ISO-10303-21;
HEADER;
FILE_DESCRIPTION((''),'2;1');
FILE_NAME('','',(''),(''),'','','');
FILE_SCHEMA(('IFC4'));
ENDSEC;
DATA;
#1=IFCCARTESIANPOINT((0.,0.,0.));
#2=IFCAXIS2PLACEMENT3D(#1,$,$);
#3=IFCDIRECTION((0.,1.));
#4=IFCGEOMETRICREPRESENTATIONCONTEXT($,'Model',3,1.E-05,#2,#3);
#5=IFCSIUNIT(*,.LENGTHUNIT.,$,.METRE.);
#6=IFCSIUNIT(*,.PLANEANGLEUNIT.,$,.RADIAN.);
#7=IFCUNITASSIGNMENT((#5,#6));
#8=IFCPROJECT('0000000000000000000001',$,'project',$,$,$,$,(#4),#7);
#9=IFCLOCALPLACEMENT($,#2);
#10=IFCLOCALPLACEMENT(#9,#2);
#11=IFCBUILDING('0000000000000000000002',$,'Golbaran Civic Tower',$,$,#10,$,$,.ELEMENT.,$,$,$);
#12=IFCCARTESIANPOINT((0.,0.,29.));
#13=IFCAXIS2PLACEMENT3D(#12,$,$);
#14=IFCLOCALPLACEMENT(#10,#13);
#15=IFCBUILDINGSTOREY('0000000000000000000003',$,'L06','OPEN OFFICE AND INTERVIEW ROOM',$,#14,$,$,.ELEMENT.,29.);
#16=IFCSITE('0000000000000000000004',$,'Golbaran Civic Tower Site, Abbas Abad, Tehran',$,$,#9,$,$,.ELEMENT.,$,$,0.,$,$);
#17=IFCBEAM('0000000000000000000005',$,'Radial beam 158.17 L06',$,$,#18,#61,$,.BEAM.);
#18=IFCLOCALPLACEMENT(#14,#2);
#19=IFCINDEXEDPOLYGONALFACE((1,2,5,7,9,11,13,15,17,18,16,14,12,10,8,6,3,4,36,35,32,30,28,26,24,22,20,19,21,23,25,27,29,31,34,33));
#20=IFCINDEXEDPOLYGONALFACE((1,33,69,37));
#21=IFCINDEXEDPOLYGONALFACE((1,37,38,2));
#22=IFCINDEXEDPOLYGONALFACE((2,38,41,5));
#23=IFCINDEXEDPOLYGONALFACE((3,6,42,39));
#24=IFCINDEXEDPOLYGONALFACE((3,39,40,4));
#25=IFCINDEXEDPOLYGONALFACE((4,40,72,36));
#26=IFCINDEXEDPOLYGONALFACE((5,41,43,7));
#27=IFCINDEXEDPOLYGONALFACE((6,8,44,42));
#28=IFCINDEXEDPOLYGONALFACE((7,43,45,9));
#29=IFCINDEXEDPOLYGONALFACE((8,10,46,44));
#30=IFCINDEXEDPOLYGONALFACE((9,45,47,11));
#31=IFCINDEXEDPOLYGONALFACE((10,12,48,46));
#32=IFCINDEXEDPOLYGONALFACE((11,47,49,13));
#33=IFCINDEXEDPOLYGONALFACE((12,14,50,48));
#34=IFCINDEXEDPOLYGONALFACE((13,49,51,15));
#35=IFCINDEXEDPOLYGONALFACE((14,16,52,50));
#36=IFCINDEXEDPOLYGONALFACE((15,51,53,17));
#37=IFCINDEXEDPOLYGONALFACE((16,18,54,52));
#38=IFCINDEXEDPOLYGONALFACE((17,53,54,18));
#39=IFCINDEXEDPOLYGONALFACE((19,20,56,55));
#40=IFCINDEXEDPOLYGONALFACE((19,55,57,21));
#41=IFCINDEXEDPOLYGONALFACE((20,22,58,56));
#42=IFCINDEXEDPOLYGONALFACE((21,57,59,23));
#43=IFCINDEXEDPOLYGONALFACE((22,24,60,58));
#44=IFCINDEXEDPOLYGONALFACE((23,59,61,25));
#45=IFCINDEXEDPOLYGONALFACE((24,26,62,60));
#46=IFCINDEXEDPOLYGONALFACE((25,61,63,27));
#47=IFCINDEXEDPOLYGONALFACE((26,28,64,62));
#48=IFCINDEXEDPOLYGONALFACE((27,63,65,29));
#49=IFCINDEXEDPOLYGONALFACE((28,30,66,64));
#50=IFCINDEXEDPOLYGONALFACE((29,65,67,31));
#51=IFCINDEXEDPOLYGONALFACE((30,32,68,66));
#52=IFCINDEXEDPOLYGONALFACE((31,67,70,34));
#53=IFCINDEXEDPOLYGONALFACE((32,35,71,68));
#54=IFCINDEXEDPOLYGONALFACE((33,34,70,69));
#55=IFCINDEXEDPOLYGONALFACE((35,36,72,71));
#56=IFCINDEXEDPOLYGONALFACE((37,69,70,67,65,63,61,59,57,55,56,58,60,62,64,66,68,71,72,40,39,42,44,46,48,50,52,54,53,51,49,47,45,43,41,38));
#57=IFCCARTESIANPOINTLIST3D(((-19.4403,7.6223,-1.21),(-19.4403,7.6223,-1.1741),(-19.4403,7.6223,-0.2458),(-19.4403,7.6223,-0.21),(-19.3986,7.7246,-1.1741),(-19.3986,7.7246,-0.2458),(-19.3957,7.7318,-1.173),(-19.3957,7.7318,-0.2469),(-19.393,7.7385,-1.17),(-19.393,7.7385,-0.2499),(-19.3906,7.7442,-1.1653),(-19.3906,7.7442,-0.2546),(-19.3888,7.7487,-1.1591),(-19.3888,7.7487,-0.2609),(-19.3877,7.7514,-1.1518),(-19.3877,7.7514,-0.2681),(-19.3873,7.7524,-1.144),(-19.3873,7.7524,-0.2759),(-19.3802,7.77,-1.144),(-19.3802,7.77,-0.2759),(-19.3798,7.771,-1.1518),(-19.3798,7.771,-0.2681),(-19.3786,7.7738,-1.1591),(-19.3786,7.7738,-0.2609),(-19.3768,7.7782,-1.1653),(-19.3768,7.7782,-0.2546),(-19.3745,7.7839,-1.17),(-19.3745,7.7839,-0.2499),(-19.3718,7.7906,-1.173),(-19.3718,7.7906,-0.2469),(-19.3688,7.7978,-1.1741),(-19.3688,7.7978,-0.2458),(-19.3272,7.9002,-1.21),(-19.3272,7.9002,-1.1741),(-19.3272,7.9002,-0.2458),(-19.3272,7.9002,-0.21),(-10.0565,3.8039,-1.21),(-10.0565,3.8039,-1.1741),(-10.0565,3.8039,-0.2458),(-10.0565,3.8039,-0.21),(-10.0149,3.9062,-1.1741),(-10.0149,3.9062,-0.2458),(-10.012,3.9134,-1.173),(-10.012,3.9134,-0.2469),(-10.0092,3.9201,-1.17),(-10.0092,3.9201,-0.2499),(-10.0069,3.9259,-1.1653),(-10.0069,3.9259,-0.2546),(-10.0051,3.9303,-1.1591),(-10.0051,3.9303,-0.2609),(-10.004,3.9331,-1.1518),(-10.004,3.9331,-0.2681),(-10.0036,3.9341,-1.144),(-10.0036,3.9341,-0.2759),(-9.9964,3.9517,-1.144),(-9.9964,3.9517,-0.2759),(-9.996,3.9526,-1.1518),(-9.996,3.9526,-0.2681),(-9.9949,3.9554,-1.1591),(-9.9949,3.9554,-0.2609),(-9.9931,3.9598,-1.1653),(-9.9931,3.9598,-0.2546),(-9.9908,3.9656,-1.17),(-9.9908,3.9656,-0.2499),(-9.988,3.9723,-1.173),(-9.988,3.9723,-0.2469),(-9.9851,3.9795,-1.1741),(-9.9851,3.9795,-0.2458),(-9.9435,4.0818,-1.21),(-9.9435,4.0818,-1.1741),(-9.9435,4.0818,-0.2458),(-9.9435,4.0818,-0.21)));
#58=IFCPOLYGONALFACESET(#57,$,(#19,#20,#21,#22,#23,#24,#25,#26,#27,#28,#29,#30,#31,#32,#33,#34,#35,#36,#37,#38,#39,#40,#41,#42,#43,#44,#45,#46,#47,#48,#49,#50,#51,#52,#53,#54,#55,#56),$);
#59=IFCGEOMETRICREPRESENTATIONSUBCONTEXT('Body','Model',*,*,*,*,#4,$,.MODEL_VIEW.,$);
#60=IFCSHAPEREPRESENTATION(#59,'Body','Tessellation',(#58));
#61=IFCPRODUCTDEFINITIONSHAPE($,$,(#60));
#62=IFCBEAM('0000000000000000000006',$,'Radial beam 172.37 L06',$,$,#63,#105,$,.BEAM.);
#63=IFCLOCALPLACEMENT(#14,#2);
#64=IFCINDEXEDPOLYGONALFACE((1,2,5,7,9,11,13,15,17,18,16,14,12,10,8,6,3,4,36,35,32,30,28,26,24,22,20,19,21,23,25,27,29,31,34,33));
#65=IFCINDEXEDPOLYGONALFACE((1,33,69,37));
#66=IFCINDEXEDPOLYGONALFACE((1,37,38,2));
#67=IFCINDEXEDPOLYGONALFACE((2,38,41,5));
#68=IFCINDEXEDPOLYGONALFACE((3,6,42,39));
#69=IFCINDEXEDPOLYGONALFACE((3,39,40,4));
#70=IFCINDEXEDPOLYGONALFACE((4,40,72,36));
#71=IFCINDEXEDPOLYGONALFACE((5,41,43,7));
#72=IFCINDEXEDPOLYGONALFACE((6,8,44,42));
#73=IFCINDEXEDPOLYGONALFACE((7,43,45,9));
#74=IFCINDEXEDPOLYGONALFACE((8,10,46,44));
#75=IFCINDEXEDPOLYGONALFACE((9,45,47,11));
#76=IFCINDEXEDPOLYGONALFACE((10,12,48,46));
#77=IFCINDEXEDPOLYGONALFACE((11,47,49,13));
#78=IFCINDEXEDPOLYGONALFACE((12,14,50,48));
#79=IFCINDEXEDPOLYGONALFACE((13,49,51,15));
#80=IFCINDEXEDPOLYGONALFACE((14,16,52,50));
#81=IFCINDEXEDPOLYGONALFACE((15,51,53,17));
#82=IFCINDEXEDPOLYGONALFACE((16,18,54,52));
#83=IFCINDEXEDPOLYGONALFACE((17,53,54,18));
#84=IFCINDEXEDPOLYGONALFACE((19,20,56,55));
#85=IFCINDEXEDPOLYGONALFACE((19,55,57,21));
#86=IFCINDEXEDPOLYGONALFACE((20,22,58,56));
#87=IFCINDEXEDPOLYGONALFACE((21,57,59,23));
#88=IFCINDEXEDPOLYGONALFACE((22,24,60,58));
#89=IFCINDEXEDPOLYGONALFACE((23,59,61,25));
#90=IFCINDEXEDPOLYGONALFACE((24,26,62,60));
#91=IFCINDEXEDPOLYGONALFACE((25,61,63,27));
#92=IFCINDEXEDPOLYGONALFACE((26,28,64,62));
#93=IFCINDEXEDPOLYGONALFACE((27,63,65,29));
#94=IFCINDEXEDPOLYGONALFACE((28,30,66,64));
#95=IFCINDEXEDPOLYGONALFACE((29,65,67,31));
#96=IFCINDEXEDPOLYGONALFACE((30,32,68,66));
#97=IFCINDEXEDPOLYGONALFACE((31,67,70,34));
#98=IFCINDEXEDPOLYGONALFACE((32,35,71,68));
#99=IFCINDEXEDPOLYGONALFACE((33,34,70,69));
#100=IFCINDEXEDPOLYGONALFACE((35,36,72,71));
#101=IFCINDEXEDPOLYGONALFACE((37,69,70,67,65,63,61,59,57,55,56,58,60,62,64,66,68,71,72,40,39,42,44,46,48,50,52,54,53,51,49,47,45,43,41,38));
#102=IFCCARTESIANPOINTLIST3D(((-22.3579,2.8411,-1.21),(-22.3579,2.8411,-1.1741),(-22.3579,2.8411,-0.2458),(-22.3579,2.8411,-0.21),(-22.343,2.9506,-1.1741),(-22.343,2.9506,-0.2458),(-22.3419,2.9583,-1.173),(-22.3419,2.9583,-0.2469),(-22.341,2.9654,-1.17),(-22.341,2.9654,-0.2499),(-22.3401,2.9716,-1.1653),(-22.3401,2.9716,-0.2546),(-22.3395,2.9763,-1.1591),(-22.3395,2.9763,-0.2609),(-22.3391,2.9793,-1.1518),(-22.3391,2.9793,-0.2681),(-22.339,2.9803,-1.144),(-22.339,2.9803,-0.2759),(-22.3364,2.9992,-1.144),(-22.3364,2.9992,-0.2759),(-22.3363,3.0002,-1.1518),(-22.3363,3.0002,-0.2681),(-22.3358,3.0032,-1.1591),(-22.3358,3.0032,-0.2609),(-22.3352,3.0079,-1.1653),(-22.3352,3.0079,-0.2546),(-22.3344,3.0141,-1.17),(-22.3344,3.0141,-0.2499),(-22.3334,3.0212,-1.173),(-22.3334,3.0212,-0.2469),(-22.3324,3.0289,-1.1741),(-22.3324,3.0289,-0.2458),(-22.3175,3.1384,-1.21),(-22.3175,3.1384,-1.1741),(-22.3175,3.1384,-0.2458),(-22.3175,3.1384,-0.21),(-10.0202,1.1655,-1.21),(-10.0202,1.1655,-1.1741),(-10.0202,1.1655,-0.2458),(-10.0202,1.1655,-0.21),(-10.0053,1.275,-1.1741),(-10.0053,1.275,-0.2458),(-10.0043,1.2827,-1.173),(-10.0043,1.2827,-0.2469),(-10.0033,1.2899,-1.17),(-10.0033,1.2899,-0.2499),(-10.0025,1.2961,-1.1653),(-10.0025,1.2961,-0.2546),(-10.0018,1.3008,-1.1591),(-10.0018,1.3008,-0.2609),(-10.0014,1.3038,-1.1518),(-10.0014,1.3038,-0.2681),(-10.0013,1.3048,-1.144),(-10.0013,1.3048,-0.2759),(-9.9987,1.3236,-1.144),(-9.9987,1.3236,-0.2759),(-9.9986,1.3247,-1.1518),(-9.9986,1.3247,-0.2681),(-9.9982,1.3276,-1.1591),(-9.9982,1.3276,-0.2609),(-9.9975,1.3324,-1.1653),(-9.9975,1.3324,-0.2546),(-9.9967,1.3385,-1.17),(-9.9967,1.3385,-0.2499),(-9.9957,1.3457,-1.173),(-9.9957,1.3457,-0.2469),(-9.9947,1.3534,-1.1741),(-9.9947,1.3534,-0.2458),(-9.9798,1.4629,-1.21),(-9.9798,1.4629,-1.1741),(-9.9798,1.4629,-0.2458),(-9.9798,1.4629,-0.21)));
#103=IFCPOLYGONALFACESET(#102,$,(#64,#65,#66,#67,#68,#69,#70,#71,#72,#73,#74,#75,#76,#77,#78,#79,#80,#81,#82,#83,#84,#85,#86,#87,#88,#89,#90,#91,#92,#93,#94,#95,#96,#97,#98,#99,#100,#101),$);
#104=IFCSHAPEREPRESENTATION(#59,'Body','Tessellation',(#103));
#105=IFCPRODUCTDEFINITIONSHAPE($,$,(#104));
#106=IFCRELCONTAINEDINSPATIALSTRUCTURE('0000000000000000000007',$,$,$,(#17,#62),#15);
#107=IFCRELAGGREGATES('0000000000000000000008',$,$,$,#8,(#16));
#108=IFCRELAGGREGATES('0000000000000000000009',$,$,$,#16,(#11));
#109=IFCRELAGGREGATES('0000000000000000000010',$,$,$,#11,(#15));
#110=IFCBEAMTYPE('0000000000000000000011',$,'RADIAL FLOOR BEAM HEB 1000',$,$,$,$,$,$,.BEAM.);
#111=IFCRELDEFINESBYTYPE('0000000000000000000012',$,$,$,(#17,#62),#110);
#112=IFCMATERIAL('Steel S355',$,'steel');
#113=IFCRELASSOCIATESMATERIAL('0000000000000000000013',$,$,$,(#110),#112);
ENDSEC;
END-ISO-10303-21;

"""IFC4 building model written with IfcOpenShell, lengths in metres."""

from ifc_helpers import new_model, si_unit, direction, frame, origin, origin_2d, place, context, subcontext, project, spatial, i_section, extrude, material, material_profile, profile_set, type_object, element, save


model = new_model("IFC4")

# Units and contexts
model_context = context("Model", 3, precision=1e-05, world=origin(), true_north=direction((0.0, 1.0)))
body_context = subcontext(model_context, "Body", "Model", "MODEL_VIEW")
ifc_project = project(units=[si_unit("LENGTHUNIT", "METRE"), si_unit("PLANEANGLEUNIT", "RADIAN")], contexts=[model_context])

# Site, building, storey
site_placement = place(None, origin())
site = spatial("IfcSite", under=ifc_project, at=site_placement, Name="Golbaran Civic Tower Site, Abbas Abad, Tehran", CompositionType="ELEMENT", RefElevation=0.0)
building_placement = place(site_placement, origin())
building = spatial("IfcBuilding", under=site, at=building_placement, Name="Golbaran Civic Tower", CompositionType="ELEMENT")
storey_placement = place(building_placement, frame((0.0, 0.0, 29.0)))
storey = spatial("IfcBuildingStorey", under=building, at=storey_placement, Name="L06", Description="OPEN OFFICE AND INTERVIEW ROOM", CompositionType="ELEMENT", Elevation=29.0)

# Beams
ifc_material_1 = material(Name="Steel S355", Category="steel")
ifc_material_profile = material_profile(ifc_material_1, i_section(OverallWidth=0.3, OverallDepth=1.0, WebThickness=0.019, FlangeThickness=0.0359, FilletRadius=0.03, at=origin_2d()), Name="HEB 1000")
ifc_profile_set = profile_set([ifc_material_profile], Name="Steel S355")
beam_type = type_object("IfcBeamType", Name="RADIAL FLOOR BEAM HEB 1000", PredefinedType="BEAM", material=ifc_profile_set)
beam_1_placement = place(storey_placement, frame((-10.0, 3.9429, -0.71), z_axis=(-0.926253, 0.376902, 0.0), x_axis=(-0.376902, -0.926253, 0.0)))
element("IfcBeam", 1, at=beam_1_placement, inside=storey, type_object=beam_type, Name="Radial beam 158.17 L06", PredefinedType="BEAM", context=body_context, shape_type="SweptSolid", body=[
    extrude(i_section(OverallWidth=0.3, OverallDepth=1.0, WebThickness=0.019, FlangeThickness=0.0359, FilletRadius=0.03, at=origin_2d()), origin(), (0.0, 0.0, 1.0), 10.1309),
])
beam_2_placement = place(storey_placement, frame((-10.0, 1.3142, -0.71), z_axis=(-0.990904, 0.134572, 0.0), x_axis=(-0.134572, -0.990904, 0.0)))
element("IfcBeam", 2, at=beam_2_placement, inside=storey, type_object=beam_type, Name="Radial beam 172.37 L06", PredefinedType="BEAM", context=body_context, shape_type="SweptSolid", body=[
    extrude(i_section(OverallWidth=0.3, OverallDepth=1.0, WebThickness=0.019, FlangeThickness=0.0359, FilletRadius=0.03, at=origin_2d()), origin(), (0.0, 0.0, 1.0), 12.4509),
])

save(model, "model.ifc")
